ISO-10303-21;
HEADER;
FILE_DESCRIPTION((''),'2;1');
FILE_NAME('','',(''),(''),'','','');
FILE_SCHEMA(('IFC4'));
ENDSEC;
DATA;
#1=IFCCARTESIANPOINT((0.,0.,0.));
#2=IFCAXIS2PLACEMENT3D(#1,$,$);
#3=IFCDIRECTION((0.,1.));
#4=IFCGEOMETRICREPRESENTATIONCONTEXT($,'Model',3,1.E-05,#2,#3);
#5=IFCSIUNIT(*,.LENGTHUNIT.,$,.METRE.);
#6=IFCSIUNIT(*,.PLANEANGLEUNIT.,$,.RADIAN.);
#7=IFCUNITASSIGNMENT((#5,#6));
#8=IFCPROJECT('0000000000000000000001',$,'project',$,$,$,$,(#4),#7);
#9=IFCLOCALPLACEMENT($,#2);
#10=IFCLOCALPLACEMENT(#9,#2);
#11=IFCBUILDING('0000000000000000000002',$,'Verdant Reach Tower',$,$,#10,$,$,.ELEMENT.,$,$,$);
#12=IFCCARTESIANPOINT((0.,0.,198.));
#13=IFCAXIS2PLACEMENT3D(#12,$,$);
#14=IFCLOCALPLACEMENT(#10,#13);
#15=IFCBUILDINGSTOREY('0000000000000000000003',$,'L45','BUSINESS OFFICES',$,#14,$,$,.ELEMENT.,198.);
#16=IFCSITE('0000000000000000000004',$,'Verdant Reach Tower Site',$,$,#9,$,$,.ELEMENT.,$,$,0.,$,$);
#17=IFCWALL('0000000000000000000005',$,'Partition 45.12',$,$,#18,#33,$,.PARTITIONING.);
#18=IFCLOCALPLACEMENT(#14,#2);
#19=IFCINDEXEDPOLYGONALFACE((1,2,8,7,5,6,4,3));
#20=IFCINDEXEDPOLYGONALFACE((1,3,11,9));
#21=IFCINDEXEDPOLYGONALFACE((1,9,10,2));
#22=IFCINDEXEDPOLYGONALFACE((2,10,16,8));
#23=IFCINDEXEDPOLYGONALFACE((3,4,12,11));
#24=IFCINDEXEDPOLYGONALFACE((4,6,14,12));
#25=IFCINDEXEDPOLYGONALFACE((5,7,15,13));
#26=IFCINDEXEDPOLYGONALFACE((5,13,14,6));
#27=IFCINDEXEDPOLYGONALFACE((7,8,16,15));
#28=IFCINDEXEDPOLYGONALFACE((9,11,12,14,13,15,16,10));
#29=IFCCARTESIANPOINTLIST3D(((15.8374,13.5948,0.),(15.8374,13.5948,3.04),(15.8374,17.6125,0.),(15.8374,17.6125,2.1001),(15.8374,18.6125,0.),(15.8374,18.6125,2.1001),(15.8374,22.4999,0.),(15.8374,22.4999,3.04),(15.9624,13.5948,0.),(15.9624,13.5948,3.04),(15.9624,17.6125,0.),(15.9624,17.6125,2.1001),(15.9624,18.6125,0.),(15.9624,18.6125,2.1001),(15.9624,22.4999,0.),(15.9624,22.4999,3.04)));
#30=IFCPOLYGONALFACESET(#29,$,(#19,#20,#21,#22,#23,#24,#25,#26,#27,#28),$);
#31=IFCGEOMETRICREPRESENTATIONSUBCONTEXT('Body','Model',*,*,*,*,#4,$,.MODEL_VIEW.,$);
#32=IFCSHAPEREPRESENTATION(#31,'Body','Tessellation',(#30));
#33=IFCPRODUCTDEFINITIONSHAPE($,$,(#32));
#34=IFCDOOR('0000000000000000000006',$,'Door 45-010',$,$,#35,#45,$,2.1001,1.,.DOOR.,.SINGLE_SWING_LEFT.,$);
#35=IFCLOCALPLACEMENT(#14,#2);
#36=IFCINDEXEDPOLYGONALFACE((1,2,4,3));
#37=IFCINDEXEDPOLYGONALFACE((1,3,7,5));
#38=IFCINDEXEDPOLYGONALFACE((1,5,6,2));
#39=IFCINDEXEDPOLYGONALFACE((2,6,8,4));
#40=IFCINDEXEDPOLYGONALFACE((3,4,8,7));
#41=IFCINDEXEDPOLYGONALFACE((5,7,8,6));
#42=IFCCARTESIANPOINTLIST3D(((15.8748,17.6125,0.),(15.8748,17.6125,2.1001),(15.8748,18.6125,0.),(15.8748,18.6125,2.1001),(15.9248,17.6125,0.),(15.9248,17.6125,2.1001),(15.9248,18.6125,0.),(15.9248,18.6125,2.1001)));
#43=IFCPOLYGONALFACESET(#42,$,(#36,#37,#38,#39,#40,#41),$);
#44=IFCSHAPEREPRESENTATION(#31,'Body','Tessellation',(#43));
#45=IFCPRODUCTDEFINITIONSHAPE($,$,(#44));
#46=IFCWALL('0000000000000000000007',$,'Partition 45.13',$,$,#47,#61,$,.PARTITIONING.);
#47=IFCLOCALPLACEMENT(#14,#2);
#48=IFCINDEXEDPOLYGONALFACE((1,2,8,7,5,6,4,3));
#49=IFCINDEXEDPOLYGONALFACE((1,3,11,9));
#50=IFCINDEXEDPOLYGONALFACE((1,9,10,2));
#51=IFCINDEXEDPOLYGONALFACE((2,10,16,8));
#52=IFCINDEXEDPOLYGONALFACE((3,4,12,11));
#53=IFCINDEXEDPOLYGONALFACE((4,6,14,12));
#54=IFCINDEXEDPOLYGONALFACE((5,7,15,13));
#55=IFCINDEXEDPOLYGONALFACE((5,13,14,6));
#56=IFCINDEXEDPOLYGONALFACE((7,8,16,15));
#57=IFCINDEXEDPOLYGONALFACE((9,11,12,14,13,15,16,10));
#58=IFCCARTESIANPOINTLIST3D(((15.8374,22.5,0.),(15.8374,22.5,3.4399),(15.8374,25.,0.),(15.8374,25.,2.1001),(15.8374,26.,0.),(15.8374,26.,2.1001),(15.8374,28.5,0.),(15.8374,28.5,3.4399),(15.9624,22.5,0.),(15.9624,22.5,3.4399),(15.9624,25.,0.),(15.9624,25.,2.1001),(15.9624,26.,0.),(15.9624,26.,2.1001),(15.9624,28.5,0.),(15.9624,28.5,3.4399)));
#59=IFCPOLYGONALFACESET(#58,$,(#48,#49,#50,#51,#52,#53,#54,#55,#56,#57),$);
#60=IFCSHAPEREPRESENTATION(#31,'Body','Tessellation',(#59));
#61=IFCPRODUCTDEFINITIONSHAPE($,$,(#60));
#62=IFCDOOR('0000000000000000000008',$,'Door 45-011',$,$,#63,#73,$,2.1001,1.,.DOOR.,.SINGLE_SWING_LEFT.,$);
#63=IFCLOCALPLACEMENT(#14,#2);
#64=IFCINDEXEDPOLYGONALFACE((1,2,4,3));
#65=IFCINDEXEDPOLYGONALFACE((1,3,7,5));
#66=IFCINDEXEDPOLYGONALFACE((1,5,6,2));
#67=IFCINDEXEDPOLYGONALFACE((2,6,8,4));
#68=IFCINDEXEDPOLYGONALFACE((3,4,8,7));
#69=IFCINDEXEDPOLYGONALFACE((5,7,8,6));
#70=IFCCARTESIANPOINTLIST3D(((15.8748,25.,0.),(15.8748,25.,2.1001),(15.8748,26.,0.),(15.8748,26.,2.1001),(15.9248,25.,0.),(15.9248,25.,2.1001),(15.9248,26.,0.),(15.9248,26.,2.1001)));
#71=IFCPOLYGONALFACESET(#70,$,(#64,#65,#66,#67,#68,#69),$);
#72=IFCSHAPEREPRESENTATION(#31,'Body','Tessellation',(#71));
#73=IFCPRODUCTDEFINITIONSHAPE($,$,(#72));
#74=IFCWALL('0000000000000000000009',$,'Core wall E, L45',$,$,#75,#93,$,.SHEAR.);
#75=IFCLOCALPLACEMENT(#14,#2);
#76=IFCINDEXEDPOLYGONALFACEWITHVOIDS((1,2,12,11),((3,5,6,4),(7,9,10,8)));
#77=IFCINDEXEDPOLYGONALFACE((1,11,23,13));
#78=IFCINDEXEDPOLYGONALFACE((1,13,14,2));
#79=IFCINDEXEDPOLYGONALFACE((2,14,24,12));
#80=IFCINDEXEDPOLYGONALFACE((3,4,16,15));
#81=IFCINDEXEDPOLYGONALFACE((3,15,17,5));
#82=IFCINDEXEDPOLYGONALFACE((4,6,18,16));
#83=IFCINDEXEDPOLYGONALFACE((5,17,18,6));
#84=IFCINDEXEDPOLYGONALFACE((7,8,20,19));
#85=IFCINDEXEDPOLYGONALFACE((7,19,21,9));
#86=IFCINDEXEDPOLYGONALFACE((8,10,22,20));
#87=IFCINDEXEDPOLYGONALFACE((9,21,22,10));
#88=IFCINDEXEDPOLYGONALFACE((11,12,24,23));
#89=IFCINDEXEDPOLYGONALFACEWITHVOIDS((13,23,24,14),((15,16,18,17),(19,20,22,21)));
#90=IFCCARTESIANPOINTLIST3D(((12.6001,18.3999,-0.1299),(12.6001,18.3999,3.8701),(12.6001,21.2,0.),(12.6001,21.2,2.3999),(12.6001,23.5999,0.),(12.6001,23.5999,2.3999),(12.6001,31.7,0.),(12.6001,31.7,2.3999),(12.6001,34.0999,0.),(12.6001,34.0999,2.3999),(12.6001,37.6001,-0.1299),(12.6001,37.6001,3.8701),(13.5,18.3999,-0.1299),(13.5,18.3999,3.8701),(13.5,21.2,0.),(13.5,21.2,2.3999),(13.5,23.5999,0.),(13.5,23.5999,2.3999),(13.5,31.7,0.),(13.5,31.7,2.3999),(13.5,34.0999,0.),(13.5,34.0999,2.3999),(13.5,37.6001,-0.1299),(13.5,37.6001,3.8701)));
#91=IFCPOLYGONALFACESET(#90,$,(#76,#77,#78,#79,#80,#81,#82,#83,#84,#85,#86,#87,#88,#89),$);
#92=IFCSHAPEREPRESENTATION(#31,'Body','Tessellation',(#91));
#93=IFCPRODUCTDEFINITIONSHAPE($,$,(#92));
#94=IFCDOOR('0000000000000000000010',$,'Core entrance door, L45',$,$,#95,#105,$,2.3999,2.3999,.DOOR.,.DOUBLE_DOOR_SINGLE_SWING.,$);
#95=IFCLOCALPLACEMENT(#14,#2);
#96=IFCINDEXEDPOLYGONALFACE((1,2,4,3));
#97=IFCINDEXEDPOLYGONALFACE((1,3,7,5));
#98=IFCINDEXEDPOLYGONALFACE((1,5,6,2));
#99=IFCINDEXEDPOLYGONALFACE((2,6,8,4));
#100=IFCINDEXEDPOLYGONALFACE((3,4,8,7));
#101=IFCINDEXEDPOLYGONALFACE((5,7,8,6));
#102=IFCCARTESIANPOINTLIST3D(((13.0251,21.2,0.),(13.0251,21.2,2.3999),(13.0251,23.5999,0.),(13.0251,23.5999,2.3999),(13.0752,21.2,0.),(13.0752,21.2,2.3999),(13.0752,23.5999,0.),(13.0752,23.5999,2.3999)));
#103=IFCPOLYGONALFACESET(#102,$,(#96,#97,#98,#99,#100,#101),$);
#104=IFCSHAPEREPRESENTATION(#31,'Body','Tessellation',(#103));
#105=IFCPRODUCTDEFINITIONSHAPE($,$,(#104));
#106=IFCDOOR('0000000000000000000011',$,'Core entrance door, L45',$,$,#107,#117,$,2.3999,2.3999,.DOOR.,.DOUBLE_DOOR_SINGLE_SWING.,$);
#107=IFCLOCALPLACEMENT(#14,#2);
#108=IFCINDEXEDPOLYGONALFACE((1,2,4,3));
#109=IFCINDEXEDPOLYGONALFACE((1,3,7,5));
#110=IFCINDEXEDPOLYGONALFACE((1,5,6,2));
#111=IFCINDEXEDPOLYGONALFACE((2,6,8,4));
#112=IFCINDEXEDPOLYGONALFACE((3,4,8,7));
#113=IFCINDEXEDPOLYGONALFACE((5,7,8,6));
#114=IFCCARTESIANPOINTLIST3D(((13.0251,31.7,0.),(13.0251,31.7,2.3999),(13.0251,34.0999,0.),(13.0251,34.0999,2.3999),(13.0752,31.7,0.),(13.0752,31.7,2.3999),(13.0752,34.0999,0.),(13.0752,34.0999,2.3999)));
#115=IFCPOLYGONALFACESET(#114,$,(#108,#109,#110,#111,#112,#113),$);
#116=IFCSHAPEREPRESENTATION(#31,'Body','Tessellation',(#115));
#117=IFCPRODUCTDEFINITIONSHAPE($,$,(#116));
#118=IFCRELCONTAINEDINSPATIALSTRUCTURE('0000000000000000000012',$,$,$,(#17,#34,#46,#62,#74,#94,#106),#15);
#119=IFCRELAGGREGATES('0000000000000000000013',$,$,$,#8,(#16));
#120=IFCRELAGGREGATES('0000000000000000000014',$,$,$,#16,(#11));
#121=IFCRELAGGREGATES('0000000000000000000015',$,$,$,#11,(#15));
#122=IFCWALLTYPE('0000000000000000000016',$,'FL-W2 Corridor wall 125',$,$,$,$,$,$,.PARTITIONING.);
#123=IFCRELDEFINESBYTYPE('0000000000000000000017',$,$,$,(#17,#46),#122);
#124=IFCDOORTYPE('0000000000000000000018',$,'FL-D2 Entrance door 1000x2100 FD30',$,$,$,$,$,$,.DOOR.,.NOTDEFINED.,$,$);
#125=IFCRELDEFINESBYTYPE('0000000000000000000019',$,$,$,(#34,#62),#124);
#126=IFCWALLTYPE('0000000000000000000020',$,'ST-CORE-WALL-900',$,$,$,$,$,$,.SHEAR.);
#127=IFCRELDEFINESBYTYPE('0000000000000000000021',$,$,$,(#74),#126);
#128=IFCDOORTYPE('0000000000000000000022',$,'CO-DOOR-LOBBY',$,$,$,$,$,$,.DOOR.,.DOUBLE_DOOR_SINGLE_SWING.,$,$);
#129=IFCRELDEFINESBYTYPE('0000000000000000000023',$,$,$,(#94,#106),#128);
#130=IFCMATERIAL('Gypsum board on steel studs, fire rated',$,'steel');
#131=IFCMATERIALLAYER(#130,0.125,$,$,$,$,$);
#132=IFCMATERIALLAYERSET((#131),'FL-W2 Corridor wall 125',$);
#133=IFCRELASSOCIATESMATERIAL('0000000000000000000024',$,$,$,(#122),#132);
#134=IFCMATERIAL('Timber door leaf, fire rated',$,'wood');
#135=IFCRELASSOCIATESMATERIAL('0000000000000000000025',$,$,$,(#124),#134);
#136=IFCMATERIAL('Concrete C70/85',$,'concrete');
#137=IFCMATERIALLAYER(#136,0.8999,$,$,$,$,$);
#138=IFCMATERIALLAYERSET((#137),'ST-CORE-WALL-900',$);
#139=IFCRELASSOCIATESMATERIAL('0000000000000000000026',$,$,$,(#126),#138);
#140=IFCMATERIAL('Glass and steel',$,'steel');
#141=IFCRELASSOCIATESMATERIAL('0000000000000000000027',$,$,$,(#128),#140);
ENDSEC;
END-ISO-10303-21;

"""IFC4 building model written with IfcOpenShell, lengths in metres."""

from ifc_helpers import new_model, si_unit, direction, frame, frame_2d, origin, place, context, subcontext, project, spatial, rectangle, extrude, material, layer, layer_set, type_object, element, fill, save


model = new_model("IFC4")

# Units and contexts
model_context = context("Model", 3, precision=1e-05, world=origin(), true_north=direction((0.0, 1.0)))
body_context = subcontext(model_context, "Body", "Model", "MODEL_VIEW")
ifc_project = project(units=[si_unit("LENGTHUNIT", "METRE"), si_unit("PLANEANGLEUNIT", "RADIAN")], contexts=[model_context])

# Site, building, storey
site_placement = place(None, origin())
site = spatial("IfcSite", under=ifc_project, at=site_placement, Name="Verdant Reach Tower Site", CompositionType="ELEMENT", RefElevation=0.0)
building_placement = place(site_placement, origin())
building = spatial("IfcBuilding", under=site, at=building_placement, Name="Verdant Reach Tower", CompositionType="ELEMENT")
storey_placement = place(building_placement, frame((0.0, 0.0, 198.0)))
storey = spatial("IfcBuildingStorey", under=building, at=storey_placement, Name="L45", Description="BUSINESS OFFICES", CompositionType="ELEMENT", Elevation=198.0)

# Walls, openings, doors
ifc_material_1 = material(Name="Gypsum board on steel studs, fire rated", Category="steel")
ifc_layer_1 = layer(ifc_material_1, 0.125)
ifc_layer_set_1 = layer_set([ifc_layer_1], Name="FL-W2 Corridor wall 125")
wall_type_1 = type_object("IfcWallType", Name="FL-W2 Corridor wall 125", PredefinedType="PARTITIONING", material=ifc_layer_set_1)
wall_1_placement = place(storey_placement, frame((15.8999, 22.5, 0.0), z_axis=(0.0, 0.0, 1.0), x_axis=(0.0, -1.0, 0.0)))
wall_1 = element("IfcWall", 1, at=wall_1_placement, inside=storey, type_object=wall_type_1, Name="Partition 45.12", PredefinedType="PARTITIONING", context=body_context, shape_type="SweptSolid", body=[
    extrude(rectangle(XDim=8.905, YDim=0.125, at=frame_2d((4.4526, 0.0))), origin(), (0.0, 0.0, 1.0), 3.04),
])
opening_1_placement = place(wall_1_placement, frame((3.8875, 0.0, 0.0)))
opening_1 = element("IfcOpeningElement", 2, at=opening_1_placement, cuts=wall_1, PredefinedType="OPENING", context=body_context, shape_type="SweptSolid", body=[
    extrude(rectangle(XDim=1.0, YDim=2.1001, at=frame_2d((0.5, 1.05))), frame((0.0, 0.0725, 0.0), z_axis=(0.0, -1.0, 0.0), x_axis=(1.0, 0.0, 0.0)), (0.0, 0.0, 1.0), 0.145),
])
ifc_material_2 = material(Name="Timber door leaf, fire rated", Category="wood")
door_type_1 = type_object("IfcDoorType", Name="FL-D2 Entrance door 1000x2100 FD30", OperationType="NOTDEFINED", PredefinedType="DOOR", material=ifc_material_2)
door_1_placement = place(opening_1_placement, origin())
door_1 = element("IfcDoor", 3, at=door_1_placement, inside=storey, type_object=door_type_1, Name="Door 45-010", OperationType="SINGLE_SWING_LEFT", OverallHeight=2.1001, OverallWidth=1.0, PredefinedType="DOOR", context=body_context, shape_type="SweptSolid", body=[
    extrude(rectangle(XDim=1.0, YDim=2.1001, at=frame_2d((0.5, 1.05))), frame((0.0, 0.0249, 0.0), z_axis=(0.0, -1.0, 0.0), x_axis=(1.0, 0.0, 0.0)), (0.0, 0.0, 1.0), 0.05),
])
fill(opening_1, door_1)
wall_2_placement = place(storey_placement, frame((15.8999, 28.5, 0.0), z_axis=(0.0, 0.0, 1.0), x_axis=(0.0, -1.0, 0.0)))
wall_2 = element("IfcWall", 4, at=wall_2_placement, inside=storey, type_object=wall_type_1, Name="Partition 45.13", PredefinedType="PARTITIONING", context=body_context, shape_type="SweptSolid", body=[
    extrude(rectangle(XDim=6.0, YDim=0.125, at=frame_2d((3.0, 0.0))), origin(), (0.0, 0.0, 1.0), 3.4399),
])
opening_2_placement = place(wall_2_placement, frame((2.5, 0.0, 0.0)))
opening_2 = element("IfcOpeningElement", 5, at=opening_2_placement, cuts=wall_2, PredefinedType="OPENING", context=body_context, shape_type="SweptSolid", body=[
    extrude(rectangle(XDim=1.0, YDim=2.1001, at=frame_2d((0.5, 1.05))), frame((0.0, 0.0725, 0.0), z_axis=(0.0, -1.0, 0.0), x_axis=(1.0, 0.0, 0.0)), (0.0, 0.0, 1.0), 0.145),
])
door_2_placement = place(opening_2_placement, origin())
door_2 = element("IfcDoor", 6, at=door_2_placement, inside=storey, type_object=door_type_1, Name="Door 45-011", OperationType="SINGLE_SWING_LEFT", OverallHeight=2.1001, OverallWidth=1.0, PredefinedType="DOOR", context=body_context, shape_type="SweptSolid", body=[
    extrude(rectangle(XDim=1.0, YDim=2.1001, at=frame_2d((0.5, 1.05))), frame((0.0, 0.0249, 0.0), z_axis=(0.0, -1.0, 0.0), x_axis=(1.0, 0.0, 0.0)), (0.0, 0.0, 1.0), 0.05),
])
fill(opening_2, door_2)

# Wall, openings, doors
ifc_material_3 = material(Name="Concrete C70/85", Category="concrete")
ifc_layer_2 = layer(ifc_material_3, 0.8999)
ifc_layer_set_2 = layer_set([ifc_layer_2], Name="ST-CORE-WALL-900")
wall_type_2 = type_object("IfcWallType", Name="ST-CORE-WALL-900", PredefinedType="SHEAR", material=ifc_layer_set_2)
wall_3_placement = place(storey_placement, frame((13.05, 18.3999, -0.1299), z_axis=(0.0, 0.0, 1.0), x_axis=(0.0, 1.0, 0.0)))
wall_3 = element("IfcWall", 7, at=wall_3_placement, inside=storey, type_object=wall_type_2, Name="Core wall E, L45", PredefinedType="SHEAR", context=body_context, shape_type="SweptSolid", body=[
    extrude(rectangle(XDim=19.2002, YDim=0.8999, at=frame_2d((9.6001, 0.0))), origin(), (0.0, 0.0, 1.0), 4.0),
])
opening_3_placement = place(wall_3_placement, frame((2.8, 0.0, 0.1299)))
opening_3 = element("IfcOpeningElement", 8, at=opening_3_placement, cuts=wall_3, PredefinedType="OPENING", context=body_context, shape_type="SweptSolid", body=[
    extrude(rectangle(XDim=2.3999, YDim=2.3999, at=frame_2d((1.2, 1.2))), frame((0.0, 0.46, 0.0), z_axis=(0.0, -1.0, 0.0), x_axis=(1.0, 0.0, 0.0)), (0.0, 0.0, 1.0), 0.9199),
])
opening_4_placement = place(wall_3_placement, frame((13.3, 0.0, 0.1299)))
opening_4 = element("IfcOpeningElement", 9, at=opening_4_placement, cuts=wall_3, PredefinedType="OPENING", context=body_context, shape_type="SweptSolid", body=[
    extrude(rectangle(XDim=2.3999, YDim=2.3999, at=frame_2d((1.2, 1.2))), frame((0.0, 0.46, 0.0), z_axis=(0.0, -1.0, 0.0), x_axis=(1.0, 0.0, 0.0)), (0.0, 0.0, 1.0), 0.9199),
])
ifc_material_4 = material(Name="Glass and steel", Category="steel")
door_type_2 = type_object("IfcDoorType", Name="CO-DOOR-LOBBY", OperationType="DOUBLE_DOOR_SINGLE_SWING", PredefinedType="DOOR", material=ifc_material_4)
door_3_placement = place(opening_3_placement, origin())
door_3 = element("IfcDoor", 10, at=door_3_placement, inside=storey, type_object=door_type_2, Name="Core entrance door, L45", OperationType="DOUBLE_DOOR_SINGLE_SWING", OverallHeight=2.3999, OverallWidth=2.3999, PredefinedType="DOOR", context=body_context, shape_type="SweptSolid", body=[
    extrude(rectangle(XDim=2.3999, YDim=2.3999, at=frame_2d((1.2, 1.2))), frame((0.0, 0.0249, 0.0), z_axis=(0.0, -1.0, 0.0), x_axis=(1.0, 0.0, 0.0)), (0.0, 0.0, 1.0), 0.05),
])
fill(opening_3, door_3)
door_4_placement = place(opening_4_placement, origin())
door_4 = element("IfcDoor", 11, at=door_4_placement, inside=storey, type_object=door_type_2, Name="Core entrance door, L45", OperationType="DOUBLE_DOOR_SINGLE_SWING", OverallHeight=2.3999, OverallWidth=2.3999, PredefinedType="DOOR", context=body_context, shape_type="SweptSolid", body=[
    extrude(rectangle(XDim=2.3999, YDim=2.3999, at=frame_2d((1.2, 1.2))), frame((0.0, 0.0249, 0.0), z_axis=(0.0, -1.0, 0.0), x_axis=(1.0, 0.0, 0.0)), (0.0, 0.0, 1.0), 0.05),
])
fill(opening_4, door_4)

save(model, "model.ifc")
